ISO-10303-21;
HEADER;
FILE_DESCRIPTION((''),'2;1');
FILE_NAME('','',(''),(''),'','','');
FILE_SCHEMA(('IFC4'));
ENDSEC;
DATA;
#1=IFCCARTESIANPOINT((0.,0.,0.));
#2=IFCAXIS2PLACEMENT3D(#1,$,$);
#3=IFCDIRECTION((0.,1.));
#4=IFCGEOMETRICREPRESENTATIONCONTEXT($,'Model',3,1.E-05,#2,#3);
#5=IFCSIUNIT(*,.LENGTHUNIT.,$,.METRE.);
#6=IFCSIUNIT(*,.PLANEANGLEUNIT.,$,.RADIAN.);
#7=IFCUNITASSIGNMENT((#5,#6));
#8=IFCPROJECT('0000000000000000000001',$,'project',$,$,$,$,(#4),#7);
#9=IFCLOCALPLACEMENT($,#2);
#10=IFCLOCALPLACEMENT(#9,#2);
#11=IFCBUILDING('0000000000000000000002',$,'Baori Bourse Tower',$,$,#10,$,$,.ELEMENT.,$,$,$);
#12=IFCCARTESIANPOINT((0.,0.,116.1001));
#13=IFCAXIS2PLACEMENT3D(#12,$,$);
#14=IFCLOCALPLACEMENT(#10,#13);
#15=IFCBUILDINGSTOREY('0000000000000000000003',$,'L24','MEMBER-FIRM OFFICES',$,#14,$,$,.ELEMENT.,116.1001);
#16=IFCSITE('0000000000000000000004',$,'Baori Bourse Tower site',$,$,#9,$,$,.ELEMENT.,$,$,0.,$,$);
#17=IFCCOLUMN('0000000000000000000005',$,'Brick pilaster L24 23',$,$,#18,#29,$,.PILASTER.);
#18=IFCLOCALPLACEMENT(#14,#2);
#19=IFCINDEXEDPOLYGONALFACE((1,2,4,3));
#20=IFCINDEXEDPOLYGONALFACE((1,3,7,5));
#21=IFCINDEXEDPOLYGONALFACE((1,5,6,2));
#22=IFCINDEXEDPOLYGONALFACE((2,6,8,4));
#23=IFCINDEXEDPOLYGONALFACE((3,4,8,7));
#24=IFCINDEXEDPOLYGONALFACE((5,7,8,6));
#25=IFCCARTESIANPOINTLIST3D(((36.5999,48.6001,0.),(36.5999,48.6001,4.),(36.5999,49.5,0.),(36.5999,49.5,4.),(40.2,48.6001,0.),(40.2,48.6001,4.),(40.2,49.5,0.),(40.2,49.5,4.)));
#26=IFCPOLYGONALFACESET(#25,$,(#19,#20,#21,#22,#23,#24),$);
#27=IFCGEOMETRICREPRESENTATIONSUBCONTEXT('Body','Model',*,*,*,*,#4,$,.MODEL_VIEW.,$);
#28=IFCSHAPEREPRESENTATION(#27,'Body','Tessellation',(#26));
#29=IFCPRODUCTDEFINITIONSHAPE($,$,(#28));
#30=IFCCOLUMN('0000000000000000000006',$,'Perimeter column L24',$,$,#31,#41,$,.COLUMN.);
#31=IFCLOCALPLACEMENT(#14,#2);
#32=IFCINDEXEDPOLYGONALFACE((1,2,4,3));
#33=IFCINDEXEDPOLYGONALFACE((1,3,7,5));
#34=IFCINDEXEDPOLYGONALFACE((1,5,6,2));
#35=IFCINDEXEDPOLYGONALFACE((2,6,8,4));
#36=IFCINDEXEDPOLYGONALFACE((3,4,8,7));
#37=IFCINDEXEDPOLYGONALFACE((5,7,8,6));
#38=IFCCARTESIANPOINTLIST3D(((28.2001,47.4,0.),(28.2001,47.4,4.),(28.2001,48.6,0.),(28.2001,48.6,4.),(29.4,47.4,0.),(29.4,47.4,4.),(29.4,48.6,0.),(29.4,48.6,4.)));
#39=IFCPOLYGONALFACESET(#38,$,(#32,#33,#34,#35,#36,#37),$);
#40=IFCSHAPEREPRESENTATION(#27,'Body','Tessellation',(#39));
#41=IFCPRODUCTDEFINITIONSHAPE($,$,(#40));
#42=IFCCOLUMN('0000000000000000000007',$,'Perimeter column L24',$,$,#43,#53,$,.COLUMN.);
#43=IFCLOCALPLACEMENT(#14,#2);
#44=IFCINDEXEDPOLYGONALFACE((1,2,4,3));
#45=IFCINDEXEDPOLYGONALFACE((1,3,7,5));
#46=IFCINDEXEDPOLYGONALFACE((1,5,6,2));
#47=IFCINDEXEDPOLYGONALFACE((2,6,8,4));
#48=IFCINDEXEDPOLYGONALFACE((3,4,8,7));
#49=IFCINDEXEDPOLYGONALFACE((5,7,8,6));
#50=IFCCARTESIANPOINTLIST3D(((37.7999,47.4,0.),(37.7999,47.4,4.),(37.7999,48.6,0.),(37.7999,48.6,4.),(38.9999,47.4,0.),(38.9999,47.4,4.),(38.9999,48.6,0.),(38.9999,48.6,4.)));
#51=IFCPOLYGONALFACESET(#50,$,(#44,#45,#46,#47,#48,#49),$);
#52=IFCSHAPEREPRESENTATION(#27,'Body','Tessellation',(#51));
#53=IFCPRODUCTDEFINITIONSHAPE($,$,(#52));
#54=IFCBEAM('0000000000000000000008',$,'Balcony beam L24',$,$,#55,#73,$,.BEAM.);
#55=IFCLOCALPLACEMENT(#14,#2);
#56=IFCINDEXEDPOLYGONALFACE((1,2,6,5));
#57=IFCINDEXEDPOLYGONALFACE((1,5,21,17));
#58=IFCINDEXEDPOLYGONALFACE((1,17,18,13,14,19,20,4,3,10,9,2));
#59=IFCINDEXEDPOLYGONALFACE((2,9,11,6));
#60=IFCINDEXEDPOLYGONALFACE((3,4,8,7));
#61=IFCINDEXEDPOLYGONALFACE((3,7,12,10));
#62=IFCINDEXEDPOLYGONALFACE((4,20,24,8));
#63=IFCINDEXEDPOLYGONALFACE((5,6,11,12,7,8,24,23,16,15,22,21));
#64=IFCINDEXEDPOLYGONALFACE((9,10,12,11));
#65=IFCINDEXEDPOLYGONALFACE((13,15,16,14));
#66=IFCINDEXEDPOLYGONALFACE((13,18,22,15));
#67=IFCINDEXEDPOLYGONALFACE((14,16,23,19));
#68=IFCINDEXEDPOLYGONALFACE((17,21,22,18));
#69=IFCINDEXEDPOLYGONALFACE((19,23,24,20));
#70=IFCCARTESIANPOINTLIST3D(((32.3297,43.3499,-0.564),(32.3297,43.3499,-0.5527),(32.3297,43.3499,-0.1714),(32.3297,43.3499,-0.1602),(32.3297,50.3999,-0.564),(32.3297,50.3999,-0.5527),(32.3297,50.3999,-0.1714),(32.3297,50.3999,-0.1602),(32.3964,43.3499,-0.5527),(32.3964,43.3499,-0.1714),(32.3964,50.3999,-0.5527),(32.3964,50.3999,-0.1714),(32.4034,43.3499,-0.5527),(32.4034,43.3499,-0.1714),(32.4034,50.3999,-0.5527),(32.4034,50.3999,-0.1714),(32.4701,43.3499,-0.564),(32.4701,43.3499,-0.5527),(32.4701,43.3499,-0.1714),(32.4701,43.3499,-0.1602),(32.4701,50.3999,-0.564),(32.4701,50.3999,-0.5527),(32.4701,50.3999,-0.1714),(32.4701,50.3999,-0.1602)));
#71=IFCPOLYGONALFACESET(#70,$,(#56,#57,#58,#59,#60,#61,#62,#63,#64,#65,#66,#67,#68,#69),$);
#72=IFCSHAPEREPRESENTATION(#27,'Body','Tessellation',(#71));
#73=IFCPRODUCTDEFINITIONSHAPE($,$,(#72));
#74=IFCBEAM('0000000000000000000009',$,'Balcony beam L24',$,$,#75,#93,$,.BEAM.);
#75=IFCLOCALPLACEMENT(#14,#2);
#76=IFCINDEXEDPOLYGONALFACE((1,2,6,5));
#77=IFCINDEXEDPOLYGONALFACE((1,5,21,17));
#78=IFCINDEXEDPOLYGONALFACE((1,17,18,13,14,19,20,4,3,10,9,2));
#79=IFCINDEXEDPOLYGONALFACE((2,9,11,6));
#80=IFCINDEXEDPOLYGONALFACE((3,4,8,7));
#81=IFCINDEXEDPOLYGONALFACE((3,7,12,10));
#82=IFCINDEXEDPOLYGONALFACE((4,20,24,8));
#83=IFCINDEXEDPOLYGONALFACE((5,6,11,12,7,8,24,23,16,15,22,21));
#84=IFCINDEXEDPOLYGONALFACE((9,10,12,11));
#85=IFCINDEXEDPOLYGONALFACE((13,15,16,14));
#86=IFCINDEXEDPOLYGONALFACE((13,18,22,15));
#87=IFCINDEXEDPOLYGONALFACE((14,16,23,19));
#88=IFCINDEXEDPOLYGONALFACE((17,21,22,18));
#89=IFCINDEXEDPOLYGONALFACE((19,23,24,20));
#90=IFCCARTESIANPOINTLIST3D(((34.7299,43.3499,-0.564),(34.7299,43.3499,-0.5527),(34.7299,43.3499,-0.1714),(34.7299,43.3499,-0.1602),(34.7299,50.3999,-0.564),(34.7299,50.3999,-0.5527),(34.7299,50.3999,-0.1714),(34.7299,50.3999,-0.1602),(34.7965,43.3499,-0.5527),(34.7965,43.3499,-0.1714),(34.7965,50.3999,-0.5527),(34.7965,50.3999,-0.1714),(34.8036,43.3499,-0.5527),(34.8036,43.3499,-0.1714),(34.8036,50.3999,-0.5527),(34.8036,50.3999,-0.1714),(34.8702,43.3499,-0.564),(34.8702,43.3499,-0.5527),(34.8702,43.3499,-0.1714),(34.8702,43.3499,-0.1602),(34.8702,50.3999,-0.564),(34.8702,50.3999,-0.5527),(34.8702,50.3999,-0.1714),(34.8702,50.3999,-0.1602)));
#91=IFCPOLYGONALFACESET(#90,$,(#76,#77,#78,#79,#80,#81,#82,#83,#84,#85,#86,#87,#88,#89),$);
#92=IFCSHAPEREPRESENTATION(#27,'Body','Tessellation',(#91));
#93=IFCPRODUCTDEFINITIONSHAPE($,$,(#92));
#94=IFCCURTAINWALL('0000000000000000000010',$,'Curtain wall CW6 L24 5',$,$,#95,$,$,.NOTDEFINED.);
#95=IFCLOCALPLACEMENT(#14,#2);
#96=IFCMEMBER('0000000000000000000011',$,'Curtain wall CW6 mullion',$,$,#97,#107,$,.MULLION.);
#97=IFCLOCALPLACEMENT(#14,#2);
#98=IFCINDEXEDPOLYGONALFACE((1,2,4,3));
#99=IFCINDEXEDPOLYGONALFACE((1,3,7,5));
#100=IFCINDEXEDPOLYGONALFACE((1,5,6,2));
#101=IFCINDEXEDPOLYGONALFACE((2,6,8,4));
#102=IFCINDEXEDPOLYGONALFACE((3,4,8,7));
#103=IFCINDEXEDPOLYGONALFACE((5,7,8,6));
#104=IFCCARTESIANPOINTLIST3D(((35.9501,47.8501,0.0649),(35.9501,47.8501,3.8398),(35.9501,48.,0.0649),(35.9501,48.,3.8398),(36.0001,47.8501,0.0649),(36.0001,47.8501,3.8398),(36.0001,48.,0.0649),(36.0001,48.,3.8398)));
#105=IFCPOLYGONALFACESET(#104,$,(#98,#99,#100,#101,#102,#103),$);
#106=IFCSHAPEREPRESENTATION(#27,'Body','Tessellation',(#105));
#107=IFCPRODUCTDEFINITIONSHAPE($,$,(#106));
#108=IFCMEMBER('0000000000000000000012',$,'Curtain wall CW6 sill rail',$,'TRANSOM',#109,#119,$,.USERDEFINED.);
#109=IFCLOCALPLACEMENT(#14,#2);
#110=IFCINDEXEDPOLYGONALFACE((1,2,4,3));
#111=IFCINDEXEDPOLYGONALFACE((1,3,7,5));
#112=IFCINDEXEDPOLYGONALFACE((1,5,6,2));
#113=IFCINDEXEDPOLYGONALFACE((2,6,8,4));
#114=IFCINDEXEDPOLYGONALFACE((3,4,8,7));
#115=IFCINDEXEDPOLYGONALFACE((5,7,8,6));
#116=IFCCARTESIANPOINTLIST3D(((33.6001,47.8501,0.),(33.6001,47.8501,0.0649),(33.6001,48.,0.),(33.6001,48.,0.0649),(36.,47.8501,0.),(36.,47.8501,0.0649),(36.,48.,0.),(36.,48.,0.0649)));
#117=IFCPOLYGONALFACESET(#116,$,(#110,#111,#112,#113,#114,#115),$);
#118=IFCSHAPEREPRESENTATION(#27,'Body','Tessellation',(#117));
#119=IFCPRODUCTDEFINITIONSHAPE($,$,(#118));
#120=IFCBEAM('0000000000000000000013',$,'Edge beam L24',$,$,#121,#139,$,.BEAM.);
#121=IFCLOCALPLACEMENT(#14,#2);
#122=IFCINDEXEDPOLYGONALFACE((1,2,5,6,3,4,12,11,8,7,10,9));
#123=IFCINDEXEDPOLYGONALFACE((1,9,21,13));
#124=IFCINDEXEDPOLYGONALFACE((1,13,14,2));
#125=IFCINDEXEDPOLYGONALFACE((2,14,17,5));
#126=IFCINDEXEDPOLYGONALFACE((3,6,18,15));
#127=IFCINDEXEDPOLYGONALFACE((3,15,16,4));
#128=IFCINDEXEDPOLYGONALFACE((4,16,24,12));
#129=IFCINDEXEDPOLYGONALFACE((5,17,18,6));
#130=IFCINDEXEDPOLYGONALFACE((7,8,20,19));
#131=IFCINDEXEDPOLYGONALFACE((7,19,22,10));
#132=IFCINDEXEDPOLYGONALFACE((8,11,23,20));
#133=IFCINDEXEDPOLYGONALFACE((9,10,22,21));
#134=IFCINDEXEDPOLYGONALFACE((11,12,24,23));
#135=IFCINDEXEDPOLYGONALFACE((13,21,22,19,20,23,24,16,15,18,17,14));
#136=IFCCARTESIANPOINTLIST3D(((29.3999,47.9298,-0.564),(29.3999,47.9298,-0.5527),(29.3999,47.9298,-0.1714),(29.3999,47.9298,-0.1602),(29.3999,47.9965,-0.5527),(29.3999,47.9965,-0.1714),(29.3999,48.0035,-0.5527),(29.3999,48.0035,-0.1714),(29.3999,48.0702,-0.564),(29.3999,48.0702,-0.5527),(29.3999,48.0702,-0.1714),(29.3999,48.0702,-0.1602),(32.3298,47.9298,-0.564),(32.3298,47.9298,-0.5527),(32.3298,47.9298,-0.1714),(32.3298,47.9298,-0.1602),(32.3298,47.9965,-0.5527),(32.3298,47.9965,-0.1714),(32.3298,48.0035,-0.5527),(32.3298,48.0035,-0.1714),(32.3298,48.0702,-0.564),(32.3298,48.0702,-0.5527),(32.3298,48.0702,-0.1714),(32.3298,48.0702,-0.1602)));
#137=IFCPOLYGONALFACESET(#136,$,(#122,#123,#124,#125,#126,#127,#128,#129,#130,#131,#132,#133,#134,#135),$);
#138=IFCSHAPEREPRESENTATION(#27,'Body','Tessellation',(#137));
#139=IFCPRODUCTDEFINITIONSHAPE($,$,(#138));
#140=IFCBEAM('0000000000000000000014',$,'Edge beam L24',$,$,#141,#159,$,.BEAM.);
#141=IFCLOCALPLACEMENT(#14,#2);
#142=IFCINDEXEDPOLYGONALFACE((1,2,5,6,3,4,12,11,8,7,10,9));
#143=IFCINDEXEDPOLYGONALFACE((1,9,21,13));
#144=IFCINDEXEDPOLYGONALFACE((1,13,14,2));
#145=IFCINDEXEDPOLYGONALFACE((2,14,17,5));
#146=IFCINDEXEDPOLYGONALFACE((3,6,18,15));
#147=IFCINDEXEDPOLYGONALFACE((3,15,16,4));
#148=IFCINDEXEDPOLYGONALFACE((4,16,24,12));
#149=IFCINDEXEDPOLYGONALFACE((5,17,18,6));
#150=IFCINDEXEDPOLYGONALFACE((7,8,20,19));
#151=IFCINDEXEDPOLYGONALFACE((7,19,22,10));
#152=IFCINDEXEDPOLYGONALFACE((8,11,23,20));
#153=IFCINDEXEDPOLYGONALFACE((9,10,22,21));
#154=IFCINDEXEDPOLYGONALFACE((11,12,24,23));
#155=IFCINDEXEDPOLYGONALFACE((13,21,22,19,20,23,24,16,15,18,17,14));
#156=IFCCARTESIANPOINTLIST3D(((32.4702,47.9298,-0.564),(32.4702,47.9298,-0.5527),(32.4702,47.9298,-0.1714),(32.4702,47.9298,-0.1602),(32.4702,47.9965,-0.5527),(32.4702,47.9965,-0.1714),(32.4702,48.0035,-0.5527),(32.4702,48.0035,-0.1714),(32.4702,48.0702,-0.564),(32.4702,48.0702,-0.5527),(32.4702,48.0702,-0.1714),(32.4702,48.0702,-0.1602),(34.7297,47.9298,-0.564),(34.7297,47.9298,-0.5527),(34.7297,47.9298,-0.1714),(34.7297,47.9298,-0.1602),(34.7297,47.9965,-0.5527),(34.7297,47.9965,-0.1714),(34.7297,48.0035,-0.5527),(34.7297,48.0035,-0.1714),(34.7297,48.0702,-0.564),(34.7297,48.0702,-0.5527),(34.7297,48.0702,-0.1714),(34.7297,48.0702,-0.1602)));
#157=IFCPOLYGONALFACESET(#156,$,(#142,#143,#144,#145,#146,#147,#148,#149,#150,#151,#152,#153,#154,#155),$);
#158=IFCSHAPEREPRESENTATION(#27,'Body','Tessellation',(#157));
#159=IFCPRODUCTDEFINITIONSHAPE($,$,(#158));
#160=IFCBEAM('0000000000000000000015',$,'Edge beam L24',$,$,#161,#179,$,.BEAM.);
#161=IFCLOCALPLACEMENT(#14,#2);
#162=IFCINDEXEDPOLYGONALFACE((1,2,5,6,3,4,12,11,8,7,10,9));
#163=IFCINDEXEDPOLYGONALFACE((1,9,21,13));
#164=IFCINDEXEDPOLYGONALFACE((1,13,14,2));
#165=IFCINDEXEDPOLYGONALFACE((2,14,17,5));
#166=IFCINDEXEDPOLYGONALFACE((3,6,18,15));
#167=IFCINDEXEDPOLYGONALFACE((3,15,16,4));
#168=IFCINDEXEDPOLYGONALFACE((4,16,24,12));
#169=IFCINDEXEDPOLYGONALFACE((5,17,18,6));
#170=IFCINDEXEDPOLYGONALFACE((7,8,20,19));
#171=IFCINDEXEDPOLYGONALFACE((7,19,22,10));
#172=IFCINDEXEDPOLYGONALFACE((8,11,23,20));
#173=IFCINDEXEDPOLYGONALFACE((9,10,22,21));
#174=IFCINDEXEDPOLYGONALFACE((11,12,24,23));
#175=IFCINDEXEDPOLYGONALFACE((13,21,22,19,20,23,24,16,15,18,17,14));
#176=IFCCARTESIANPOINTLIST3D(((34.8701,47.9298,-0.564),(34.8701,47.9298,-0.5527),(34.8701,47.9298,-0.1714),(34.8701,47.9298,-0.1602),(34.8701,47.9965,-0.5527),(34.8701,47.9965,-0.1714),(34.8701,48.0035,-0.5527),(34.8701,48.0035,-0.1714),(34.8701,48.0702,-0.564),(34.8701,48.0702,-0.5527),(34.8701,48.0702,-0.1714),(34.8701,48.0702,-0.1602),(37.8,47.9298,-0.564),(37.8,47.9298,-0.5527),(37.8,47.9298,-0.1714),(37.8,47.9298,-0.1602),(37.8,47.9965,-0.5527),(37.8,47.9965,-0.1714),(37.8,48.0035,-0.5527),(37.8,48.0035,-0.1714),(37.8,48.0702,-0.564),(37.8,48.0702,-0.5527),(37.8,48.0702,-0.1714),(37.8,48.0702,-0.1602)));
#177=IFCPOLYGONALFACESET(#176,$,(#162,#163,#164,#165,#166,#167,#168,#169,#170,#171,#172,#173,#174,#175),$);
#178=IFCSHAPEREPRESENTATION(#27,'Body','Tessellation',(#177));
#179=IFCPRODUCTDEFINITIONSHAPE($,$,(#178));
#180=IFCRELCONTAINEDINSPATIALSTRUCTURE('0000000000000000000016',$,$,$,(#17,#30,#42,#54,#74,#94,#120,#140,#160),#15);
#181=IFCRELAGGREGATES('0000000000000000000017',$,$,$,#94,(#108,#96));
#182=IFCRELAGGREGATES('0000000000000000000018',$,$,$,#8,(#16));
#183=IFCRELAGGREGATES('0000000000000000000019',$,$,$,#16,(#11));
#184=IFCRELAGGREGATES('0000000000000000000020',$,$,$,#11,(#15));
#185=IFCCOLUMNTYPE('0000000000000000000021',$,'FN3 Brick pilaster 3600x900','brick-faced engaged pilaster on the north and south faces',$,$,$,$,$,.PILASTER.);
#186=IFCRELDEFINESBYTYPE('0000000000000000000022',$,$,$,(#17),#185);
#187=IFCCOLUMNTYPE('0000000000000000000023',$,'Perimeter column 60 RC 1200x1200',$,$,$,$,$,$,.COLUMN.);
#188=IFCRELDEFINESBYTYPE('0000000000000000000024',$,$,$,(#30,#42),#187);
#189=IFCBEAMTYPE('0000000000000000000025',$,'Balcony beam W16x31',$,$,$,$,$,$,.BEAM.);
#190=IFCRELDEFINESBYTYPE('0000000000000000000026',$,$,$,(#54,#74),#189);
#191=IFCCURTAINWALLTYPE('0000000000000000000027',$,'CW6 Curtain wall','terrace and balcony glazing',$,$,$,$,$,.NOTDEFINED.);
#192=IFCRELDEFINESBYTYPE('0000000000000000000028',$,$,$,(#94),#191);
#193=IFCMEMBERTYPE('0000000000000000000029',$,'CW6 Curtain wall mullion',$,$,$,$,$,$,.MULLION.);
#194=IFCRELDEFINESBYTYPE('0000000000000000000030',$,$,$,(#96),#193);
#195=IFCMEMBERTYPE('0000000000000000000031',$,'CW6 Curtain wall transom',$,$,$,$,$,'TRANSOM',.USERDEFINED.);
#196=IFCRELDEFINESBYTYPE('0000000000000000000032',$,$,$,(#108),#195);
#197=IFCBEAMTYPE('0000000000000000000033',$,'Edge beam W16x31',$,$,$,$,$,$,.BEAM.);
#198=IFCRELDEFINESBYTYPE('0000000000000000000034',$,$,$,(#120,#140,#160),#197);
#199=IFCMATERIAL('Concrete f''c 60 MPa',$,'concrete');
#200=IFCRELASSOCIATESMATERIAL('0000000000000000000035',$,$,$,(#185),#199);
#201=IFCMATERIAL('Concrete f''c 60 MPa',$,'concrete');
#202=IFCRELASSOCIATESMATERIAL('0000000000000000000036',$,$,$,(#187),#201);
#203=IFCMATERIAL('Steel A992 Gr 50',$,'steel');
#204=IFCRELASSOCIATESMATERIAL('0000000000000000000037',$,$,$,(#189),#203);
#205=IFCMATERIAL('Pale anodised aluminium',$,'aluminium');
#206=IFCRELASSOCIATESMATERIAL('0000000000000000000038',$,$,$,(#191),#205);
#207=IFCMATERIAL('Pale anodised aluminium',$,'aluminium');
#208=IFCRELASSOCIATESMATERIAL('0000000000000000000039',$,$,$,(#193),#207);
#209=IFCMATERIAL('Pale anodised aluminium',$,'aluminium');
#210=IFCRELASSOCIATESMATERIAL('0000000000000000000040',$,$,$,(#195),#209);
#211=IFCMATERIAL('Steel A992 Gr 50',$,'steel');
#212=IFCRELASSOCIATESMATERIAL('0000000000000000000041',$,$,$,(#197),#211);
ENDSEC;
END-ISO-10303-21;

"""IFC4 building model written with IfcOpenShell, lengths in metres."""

from ifc_helpers import new_model, si_unit, direction, frame, origin, origin_2d, place, context, subcontext, project, spatial, rectangle, i_section, extrude, material, material_profile, profile_set, type_object, element, aggregate, save


model = new_model("IFC4")

# Units and contexts
model_context = context("Model", 3, precision=1e-05, world=origin(), true_north=direction((0.0, 1.0)))
body_context = subcontext(model_context, "Body", "Model", "MODEL_VIEW")
ifc_project = project(units=[si_unit("LENGTHUNIT", "METRE"), si_unit("PLANEANGLEUNIT", "RADIAN")], contexts=[model_context])

# Site, building, storey
site_placement = place(None, origin())
site = spatial("IfcSite", under=ifc_project, at=site_placement, Name="Baori Bourse Tower site", CompositionType="ELEMENT", RefElevation=0.0)
building_placement = place(site_placement, origin())
building = spatial("IfcBuilding", under=site, at=building_placement, Name="Baori Bourse Tower", CompositionType="ELEMENT")
storey_placement = place(building_placement, frame((0.0, 0.0, 116.1001)))
storey = spatial("IfcBuildingStorey", under=building, at=storey_placement, Name="L24", Description="MEMBER-FIRM OFFICES", CompositionType="ELEMENT", Elevation=116.1001)

# Columns
ifc_material_1 = material(Name="Concrete f'c 60 MPa", Category="concrete")
ifc_material_profile_1 = material_profile(ifc_material_1, rectangle(XDim=3.6001, YDim=0.8999, at=origin_2d()), Name="RC 3600x900")
ifc_profile_set_1 = profile_set([ifc_material_profile_1], Name="Concrete f'c 60 MPa")
column_type_1 = type_object("IfcColumnType", Name="FN3 Brick pilaster 3600x900", Description="brick-faced engaged pilaster on the north and south faces", PredefinedType="PILASTER", material=ifc_profile_set_1)
column_placement = place(storey_placement, frame((38.3999, 49.05, 0.0), z_axis=(0.0, 0.0, 1.0), x_axis=(1.0, 0.0, 0.0)))
element("IfcColumn", 1, at=column_placement, inside=storey, type_object=column_type_1, Name="Brick pilaster L24 23", PredefinedType="PILASTER", context=body_context, shape_type="SweptSolid", body=[
    extrude(rectangle(XDim=3.6001, YDim=0.8999, at=origin_2d()), origin(), (0.0, 0.0, 1.0), 4.0),
])
ifc_material_2 = material(Name="Concrete f'c 60 MPa", Category="concrete")
ifc_material_profile_2 = material_profile(ifc_material_2, rectangle(XDim=1.2, YDim=1.2, at=origin_2d()), Name="RC 1200x1200")
ifc_profile_set_2 = profile_set([ifc_material_profile_2], Name="Concrete f'c 60 MPa")
column_type_2 = type_object("IfcColumnType", Name="Perimeter column 60 RC 1200x1200", PredefinedType="COLUMN", material=ifc_profile_set_2)
for number, where, z_axis, x_axis, name in (
    (2, (28.8, 48.0, 0.0), (0.0, 0.0, 1.0), (1.0, 0.0, 0.0), "Perimeter column L24"),
    (3, (38.3999, 48.0, 0.0), (0.0, 0.0, 1.0), (1.0, 0.0, 0.0), "Perimeter column L24"),
):
    element("IfcColumn", number, at=place(storey_placement, frame(where, z_axis=z_axis, x_axis=x_axis)), inside=storey, type_object=column_type_2, Name=name, PredefinedType="COLUMN", context=body_context, shape_type="SweptSolid", body=[
        extrude(rectangle(XDim=1.2, YDim=1.2, at=origin_2d()), origin(), (0.0, 0.0, 1.0), 4.0),
    ])

# Beams
ifc_material_3 = material(Name="Steel A992 Gr 50", Category="steel")
ifc_material_profile_3 = material_profile(ifc_material_3, i_section(OverallWidth=0.1404, OverallDepth=0.4038, WebThickness=0.0071, FlangeThickness=0.0112, at=origin_2d()), Name="W16x31")
ifc_profile_set_3 = profile_set([ifc_material_profile_3], Name="Steel A992 Gr 50")
beam_type_1 = type_object("IfcBeamType", Name="Balcony beam W16x31", PredefinedType="BEAM", material=ifc_profile_set_3)
for number, where, z_axis, x_axis, name in (
    (4, (32.3999, 50.3999, -0.3621), (0.0, -1.0, 0.0), (1.0, 0.0, 0.0), "Balcony beam L24"),
    (5, (34.8, 50.3999, -0.3621), (0.0, -1.0, 0.0), (1.0, 0.0, 0.0), "Balcony beam L24"),
):
    element("IfcBeam", number, at=place(storey_placement, frame(where, z_axis=z_axis, x_axis=x_axis)), inside=storey, type_object=beam_type_1, Name=name, PredefinedType="BEAM", context=body_context, shape_type="SweptSolid", body=[
        extrude(i_section(OverallWidth=0.1404, OverallDepth=0.4038, WebThickness=0.0071, FlangeThickness=0.0112, at=origin_2d()), origin(), (0.0, 0.0, 1.0), 7.05),
    ])

# Curtain wall, members
ifc_material_4 = material(Name="Pale anodised aluminium", Category="aluminium")
curtain_wall_type_1 = type_object("IfcCurtainWallType", Name="CW6 Curtain wall", Description="terrace and balcony glazing", PredefinedType="NOTDEFINED", material=ifc_material_4)
curtain_wall_1_placement = place(storey_placement, origin())
curtain_wall_1 = element("IfcCurtainWall", 6, at=curtain_wall_1_placement, inside=storey, type_object=curtain_wall_type_1, Name="Curtain wall CW6 L24 5", PredefinedType="NOTDEFINED")
ifc_material_5 = material(Name="Pale anodised aluminium", Category="aluminium")
ifc_material_profile_4 = material_profile(ifc_material_5, rectangle(XDim=0.1499, YDim=0.05, at=origin_2d()), Name="Mullion 50x150")
ifc_profile_set_4 = profile_set([ifc_material_profile_4], Name="Pale anodised aluminium")
member_type_1 = type_object("IfcMemberType", Name="CW6 Curtain wall mullion", PredefinedType="MULLION", material=ifc_profile_set_4)
member_1_placement = place(storey_placement, frame((35.9751, 47.925, 0.0649), z_axis=(0.0, 0.0, 1.0), x_axis=(0.0, -1.0, 0.0)))
member_1 = element("IfcMember", 7, at=member_1_placement, type_object=member_type_1, Name="Curtain wall CW6 mullion", PredefinedType="MULLION", context=body_context, shape_type="SweptSolid", body=[
    extrude(rectangle(XDim=0.1499, YDim=0.05, at=origin_2d()), origin(), (0.0, 0.0, 1.0), 3.7749),
])
ifc_material_6 = material(Name="Pale anodised aluminium", Category="aluminium")
ifc_material_profile_5 = material_profile(ifc_material_6, rectangle(XDim=0.1499, YDim=0.0649, at=origin_2d()), Name="Transom 65x150")
ifc_profile_set_5 = profile_set([ifc_material_profile_5], Name="Pale anodised aluminium")
member_type_2 = type_object("IfcMemberType", Name="CW6 Curtain wall transom", ElementType="TRANSOM", PredefinedType="USERDEFINED", material=ifc_profile_set_5)
member_2_placement = place(storey_placement, frame((36.0, 47.925, 0.0325), z_axis=(-1.0, 0.0, 0.0), x_axis=(0.0, -1.0, 0.0)))
member_2 = element("IfcMember", 8, at=member_2_placement, type_object=member_type_2, Name="Curtain wall CW6 sill rail", ObjectType="TRANSOM", PredefinedType="USERDEFINED", context=body_context, shape_type="SweptSolid", body=[
    extrude(rectangle(XDim=0.1499, YDim=0.0649, at=origin_2d()), origin(), (0.0, 0.0, 1.0), 2.3999),
])

# Beams
ifc_material_7 = material(Name="Steel A992 Gr 50", Category="steel")
ifc_material_profile_6 = material_profile(ifc_material_7, i_section(OverallWidth=0.1404, OverallDepth=0.4038, WebThickness=0.0071, FlangeThickness=0.0112, at=origin_2d()), Name="W16x31")
ifc_profile_set_6 = profile_set([ifc_material_profile_6], Name="Steel A992 Gr 50")
beam_type_2 = type_object("IfcBeamType", Name="Edge beam W16x31", PredefinedType="BEAM", material=ifc_profile_set_6)
beam_1_placement = place(storey_placement, frame((29.3999, 48.0, -0.3621), z_axis=(1.0, 0.0, 0.0), x_axis=(0.0, 1.0, 0.0)))
element("IfcBeam", 9, at=beam_1_placement, inside=storey, type_object=beam_type_2, Name="Edge beam L24", PredefinedType="BEAM", context=body_context, shape_type="SweptSolid", body=[
    extrude(i_section(OverallWidth=0.1404, OverallDepth=0.4038, WebThickness=0.0071, FlangeThickness=0.0112, at=origin_2d()), origin(), (0.0, 0.0, 1.0), 2.9299),
])
beam_2_placement = place(storey_placement, frame((32.4702, 48.0, -0.3621), z_axis=(1.0, 0.0, 0.0), x_axis=(0.0, 1.0, 0.0)))
element("IfcBeam", 10, at=beam_2_placement, inside=storey, type_object=beam_type_2, Name="Edge beam L24", PredefinedType="BEAM", context=body_context, shape_type="SweptSolid", body=[
    extrude(i_section(OverallWidth=0.1404, OverallDepth=0.4038, WebThickness=0.0071, FlangeThickness=0.0112, at=origin_2d()), origin(), (0.0, 0.0, 1.0), 2.2595),
])
beam_3_placement = place(storey_placement, frame((34.8701, 48.0, -0.3621), z_axis=(1.0, 0.0, 0.0), x_axis=(0.0, 1.0, 0.0)))
element("IfcBeam", 11, at=beam_3_placement, inside=storey, type_object=beam_type_2, Name="Edge beam L24", PredefinedType="BEAM", context=body_context, shape_type="SweptSolid", body=[
    extrude(i_section(OverallWidth=0.1404, OverallDepth=0.4038, WebThickness=0.0071, FlangeThickness=0.0112, at=origin_2d()), origin(), (0.0, 0.0, 1.0), 2.9299),
])

aggregate(curtain_wall_1, [member_2, member_1])

save(model, "model.ifc")
